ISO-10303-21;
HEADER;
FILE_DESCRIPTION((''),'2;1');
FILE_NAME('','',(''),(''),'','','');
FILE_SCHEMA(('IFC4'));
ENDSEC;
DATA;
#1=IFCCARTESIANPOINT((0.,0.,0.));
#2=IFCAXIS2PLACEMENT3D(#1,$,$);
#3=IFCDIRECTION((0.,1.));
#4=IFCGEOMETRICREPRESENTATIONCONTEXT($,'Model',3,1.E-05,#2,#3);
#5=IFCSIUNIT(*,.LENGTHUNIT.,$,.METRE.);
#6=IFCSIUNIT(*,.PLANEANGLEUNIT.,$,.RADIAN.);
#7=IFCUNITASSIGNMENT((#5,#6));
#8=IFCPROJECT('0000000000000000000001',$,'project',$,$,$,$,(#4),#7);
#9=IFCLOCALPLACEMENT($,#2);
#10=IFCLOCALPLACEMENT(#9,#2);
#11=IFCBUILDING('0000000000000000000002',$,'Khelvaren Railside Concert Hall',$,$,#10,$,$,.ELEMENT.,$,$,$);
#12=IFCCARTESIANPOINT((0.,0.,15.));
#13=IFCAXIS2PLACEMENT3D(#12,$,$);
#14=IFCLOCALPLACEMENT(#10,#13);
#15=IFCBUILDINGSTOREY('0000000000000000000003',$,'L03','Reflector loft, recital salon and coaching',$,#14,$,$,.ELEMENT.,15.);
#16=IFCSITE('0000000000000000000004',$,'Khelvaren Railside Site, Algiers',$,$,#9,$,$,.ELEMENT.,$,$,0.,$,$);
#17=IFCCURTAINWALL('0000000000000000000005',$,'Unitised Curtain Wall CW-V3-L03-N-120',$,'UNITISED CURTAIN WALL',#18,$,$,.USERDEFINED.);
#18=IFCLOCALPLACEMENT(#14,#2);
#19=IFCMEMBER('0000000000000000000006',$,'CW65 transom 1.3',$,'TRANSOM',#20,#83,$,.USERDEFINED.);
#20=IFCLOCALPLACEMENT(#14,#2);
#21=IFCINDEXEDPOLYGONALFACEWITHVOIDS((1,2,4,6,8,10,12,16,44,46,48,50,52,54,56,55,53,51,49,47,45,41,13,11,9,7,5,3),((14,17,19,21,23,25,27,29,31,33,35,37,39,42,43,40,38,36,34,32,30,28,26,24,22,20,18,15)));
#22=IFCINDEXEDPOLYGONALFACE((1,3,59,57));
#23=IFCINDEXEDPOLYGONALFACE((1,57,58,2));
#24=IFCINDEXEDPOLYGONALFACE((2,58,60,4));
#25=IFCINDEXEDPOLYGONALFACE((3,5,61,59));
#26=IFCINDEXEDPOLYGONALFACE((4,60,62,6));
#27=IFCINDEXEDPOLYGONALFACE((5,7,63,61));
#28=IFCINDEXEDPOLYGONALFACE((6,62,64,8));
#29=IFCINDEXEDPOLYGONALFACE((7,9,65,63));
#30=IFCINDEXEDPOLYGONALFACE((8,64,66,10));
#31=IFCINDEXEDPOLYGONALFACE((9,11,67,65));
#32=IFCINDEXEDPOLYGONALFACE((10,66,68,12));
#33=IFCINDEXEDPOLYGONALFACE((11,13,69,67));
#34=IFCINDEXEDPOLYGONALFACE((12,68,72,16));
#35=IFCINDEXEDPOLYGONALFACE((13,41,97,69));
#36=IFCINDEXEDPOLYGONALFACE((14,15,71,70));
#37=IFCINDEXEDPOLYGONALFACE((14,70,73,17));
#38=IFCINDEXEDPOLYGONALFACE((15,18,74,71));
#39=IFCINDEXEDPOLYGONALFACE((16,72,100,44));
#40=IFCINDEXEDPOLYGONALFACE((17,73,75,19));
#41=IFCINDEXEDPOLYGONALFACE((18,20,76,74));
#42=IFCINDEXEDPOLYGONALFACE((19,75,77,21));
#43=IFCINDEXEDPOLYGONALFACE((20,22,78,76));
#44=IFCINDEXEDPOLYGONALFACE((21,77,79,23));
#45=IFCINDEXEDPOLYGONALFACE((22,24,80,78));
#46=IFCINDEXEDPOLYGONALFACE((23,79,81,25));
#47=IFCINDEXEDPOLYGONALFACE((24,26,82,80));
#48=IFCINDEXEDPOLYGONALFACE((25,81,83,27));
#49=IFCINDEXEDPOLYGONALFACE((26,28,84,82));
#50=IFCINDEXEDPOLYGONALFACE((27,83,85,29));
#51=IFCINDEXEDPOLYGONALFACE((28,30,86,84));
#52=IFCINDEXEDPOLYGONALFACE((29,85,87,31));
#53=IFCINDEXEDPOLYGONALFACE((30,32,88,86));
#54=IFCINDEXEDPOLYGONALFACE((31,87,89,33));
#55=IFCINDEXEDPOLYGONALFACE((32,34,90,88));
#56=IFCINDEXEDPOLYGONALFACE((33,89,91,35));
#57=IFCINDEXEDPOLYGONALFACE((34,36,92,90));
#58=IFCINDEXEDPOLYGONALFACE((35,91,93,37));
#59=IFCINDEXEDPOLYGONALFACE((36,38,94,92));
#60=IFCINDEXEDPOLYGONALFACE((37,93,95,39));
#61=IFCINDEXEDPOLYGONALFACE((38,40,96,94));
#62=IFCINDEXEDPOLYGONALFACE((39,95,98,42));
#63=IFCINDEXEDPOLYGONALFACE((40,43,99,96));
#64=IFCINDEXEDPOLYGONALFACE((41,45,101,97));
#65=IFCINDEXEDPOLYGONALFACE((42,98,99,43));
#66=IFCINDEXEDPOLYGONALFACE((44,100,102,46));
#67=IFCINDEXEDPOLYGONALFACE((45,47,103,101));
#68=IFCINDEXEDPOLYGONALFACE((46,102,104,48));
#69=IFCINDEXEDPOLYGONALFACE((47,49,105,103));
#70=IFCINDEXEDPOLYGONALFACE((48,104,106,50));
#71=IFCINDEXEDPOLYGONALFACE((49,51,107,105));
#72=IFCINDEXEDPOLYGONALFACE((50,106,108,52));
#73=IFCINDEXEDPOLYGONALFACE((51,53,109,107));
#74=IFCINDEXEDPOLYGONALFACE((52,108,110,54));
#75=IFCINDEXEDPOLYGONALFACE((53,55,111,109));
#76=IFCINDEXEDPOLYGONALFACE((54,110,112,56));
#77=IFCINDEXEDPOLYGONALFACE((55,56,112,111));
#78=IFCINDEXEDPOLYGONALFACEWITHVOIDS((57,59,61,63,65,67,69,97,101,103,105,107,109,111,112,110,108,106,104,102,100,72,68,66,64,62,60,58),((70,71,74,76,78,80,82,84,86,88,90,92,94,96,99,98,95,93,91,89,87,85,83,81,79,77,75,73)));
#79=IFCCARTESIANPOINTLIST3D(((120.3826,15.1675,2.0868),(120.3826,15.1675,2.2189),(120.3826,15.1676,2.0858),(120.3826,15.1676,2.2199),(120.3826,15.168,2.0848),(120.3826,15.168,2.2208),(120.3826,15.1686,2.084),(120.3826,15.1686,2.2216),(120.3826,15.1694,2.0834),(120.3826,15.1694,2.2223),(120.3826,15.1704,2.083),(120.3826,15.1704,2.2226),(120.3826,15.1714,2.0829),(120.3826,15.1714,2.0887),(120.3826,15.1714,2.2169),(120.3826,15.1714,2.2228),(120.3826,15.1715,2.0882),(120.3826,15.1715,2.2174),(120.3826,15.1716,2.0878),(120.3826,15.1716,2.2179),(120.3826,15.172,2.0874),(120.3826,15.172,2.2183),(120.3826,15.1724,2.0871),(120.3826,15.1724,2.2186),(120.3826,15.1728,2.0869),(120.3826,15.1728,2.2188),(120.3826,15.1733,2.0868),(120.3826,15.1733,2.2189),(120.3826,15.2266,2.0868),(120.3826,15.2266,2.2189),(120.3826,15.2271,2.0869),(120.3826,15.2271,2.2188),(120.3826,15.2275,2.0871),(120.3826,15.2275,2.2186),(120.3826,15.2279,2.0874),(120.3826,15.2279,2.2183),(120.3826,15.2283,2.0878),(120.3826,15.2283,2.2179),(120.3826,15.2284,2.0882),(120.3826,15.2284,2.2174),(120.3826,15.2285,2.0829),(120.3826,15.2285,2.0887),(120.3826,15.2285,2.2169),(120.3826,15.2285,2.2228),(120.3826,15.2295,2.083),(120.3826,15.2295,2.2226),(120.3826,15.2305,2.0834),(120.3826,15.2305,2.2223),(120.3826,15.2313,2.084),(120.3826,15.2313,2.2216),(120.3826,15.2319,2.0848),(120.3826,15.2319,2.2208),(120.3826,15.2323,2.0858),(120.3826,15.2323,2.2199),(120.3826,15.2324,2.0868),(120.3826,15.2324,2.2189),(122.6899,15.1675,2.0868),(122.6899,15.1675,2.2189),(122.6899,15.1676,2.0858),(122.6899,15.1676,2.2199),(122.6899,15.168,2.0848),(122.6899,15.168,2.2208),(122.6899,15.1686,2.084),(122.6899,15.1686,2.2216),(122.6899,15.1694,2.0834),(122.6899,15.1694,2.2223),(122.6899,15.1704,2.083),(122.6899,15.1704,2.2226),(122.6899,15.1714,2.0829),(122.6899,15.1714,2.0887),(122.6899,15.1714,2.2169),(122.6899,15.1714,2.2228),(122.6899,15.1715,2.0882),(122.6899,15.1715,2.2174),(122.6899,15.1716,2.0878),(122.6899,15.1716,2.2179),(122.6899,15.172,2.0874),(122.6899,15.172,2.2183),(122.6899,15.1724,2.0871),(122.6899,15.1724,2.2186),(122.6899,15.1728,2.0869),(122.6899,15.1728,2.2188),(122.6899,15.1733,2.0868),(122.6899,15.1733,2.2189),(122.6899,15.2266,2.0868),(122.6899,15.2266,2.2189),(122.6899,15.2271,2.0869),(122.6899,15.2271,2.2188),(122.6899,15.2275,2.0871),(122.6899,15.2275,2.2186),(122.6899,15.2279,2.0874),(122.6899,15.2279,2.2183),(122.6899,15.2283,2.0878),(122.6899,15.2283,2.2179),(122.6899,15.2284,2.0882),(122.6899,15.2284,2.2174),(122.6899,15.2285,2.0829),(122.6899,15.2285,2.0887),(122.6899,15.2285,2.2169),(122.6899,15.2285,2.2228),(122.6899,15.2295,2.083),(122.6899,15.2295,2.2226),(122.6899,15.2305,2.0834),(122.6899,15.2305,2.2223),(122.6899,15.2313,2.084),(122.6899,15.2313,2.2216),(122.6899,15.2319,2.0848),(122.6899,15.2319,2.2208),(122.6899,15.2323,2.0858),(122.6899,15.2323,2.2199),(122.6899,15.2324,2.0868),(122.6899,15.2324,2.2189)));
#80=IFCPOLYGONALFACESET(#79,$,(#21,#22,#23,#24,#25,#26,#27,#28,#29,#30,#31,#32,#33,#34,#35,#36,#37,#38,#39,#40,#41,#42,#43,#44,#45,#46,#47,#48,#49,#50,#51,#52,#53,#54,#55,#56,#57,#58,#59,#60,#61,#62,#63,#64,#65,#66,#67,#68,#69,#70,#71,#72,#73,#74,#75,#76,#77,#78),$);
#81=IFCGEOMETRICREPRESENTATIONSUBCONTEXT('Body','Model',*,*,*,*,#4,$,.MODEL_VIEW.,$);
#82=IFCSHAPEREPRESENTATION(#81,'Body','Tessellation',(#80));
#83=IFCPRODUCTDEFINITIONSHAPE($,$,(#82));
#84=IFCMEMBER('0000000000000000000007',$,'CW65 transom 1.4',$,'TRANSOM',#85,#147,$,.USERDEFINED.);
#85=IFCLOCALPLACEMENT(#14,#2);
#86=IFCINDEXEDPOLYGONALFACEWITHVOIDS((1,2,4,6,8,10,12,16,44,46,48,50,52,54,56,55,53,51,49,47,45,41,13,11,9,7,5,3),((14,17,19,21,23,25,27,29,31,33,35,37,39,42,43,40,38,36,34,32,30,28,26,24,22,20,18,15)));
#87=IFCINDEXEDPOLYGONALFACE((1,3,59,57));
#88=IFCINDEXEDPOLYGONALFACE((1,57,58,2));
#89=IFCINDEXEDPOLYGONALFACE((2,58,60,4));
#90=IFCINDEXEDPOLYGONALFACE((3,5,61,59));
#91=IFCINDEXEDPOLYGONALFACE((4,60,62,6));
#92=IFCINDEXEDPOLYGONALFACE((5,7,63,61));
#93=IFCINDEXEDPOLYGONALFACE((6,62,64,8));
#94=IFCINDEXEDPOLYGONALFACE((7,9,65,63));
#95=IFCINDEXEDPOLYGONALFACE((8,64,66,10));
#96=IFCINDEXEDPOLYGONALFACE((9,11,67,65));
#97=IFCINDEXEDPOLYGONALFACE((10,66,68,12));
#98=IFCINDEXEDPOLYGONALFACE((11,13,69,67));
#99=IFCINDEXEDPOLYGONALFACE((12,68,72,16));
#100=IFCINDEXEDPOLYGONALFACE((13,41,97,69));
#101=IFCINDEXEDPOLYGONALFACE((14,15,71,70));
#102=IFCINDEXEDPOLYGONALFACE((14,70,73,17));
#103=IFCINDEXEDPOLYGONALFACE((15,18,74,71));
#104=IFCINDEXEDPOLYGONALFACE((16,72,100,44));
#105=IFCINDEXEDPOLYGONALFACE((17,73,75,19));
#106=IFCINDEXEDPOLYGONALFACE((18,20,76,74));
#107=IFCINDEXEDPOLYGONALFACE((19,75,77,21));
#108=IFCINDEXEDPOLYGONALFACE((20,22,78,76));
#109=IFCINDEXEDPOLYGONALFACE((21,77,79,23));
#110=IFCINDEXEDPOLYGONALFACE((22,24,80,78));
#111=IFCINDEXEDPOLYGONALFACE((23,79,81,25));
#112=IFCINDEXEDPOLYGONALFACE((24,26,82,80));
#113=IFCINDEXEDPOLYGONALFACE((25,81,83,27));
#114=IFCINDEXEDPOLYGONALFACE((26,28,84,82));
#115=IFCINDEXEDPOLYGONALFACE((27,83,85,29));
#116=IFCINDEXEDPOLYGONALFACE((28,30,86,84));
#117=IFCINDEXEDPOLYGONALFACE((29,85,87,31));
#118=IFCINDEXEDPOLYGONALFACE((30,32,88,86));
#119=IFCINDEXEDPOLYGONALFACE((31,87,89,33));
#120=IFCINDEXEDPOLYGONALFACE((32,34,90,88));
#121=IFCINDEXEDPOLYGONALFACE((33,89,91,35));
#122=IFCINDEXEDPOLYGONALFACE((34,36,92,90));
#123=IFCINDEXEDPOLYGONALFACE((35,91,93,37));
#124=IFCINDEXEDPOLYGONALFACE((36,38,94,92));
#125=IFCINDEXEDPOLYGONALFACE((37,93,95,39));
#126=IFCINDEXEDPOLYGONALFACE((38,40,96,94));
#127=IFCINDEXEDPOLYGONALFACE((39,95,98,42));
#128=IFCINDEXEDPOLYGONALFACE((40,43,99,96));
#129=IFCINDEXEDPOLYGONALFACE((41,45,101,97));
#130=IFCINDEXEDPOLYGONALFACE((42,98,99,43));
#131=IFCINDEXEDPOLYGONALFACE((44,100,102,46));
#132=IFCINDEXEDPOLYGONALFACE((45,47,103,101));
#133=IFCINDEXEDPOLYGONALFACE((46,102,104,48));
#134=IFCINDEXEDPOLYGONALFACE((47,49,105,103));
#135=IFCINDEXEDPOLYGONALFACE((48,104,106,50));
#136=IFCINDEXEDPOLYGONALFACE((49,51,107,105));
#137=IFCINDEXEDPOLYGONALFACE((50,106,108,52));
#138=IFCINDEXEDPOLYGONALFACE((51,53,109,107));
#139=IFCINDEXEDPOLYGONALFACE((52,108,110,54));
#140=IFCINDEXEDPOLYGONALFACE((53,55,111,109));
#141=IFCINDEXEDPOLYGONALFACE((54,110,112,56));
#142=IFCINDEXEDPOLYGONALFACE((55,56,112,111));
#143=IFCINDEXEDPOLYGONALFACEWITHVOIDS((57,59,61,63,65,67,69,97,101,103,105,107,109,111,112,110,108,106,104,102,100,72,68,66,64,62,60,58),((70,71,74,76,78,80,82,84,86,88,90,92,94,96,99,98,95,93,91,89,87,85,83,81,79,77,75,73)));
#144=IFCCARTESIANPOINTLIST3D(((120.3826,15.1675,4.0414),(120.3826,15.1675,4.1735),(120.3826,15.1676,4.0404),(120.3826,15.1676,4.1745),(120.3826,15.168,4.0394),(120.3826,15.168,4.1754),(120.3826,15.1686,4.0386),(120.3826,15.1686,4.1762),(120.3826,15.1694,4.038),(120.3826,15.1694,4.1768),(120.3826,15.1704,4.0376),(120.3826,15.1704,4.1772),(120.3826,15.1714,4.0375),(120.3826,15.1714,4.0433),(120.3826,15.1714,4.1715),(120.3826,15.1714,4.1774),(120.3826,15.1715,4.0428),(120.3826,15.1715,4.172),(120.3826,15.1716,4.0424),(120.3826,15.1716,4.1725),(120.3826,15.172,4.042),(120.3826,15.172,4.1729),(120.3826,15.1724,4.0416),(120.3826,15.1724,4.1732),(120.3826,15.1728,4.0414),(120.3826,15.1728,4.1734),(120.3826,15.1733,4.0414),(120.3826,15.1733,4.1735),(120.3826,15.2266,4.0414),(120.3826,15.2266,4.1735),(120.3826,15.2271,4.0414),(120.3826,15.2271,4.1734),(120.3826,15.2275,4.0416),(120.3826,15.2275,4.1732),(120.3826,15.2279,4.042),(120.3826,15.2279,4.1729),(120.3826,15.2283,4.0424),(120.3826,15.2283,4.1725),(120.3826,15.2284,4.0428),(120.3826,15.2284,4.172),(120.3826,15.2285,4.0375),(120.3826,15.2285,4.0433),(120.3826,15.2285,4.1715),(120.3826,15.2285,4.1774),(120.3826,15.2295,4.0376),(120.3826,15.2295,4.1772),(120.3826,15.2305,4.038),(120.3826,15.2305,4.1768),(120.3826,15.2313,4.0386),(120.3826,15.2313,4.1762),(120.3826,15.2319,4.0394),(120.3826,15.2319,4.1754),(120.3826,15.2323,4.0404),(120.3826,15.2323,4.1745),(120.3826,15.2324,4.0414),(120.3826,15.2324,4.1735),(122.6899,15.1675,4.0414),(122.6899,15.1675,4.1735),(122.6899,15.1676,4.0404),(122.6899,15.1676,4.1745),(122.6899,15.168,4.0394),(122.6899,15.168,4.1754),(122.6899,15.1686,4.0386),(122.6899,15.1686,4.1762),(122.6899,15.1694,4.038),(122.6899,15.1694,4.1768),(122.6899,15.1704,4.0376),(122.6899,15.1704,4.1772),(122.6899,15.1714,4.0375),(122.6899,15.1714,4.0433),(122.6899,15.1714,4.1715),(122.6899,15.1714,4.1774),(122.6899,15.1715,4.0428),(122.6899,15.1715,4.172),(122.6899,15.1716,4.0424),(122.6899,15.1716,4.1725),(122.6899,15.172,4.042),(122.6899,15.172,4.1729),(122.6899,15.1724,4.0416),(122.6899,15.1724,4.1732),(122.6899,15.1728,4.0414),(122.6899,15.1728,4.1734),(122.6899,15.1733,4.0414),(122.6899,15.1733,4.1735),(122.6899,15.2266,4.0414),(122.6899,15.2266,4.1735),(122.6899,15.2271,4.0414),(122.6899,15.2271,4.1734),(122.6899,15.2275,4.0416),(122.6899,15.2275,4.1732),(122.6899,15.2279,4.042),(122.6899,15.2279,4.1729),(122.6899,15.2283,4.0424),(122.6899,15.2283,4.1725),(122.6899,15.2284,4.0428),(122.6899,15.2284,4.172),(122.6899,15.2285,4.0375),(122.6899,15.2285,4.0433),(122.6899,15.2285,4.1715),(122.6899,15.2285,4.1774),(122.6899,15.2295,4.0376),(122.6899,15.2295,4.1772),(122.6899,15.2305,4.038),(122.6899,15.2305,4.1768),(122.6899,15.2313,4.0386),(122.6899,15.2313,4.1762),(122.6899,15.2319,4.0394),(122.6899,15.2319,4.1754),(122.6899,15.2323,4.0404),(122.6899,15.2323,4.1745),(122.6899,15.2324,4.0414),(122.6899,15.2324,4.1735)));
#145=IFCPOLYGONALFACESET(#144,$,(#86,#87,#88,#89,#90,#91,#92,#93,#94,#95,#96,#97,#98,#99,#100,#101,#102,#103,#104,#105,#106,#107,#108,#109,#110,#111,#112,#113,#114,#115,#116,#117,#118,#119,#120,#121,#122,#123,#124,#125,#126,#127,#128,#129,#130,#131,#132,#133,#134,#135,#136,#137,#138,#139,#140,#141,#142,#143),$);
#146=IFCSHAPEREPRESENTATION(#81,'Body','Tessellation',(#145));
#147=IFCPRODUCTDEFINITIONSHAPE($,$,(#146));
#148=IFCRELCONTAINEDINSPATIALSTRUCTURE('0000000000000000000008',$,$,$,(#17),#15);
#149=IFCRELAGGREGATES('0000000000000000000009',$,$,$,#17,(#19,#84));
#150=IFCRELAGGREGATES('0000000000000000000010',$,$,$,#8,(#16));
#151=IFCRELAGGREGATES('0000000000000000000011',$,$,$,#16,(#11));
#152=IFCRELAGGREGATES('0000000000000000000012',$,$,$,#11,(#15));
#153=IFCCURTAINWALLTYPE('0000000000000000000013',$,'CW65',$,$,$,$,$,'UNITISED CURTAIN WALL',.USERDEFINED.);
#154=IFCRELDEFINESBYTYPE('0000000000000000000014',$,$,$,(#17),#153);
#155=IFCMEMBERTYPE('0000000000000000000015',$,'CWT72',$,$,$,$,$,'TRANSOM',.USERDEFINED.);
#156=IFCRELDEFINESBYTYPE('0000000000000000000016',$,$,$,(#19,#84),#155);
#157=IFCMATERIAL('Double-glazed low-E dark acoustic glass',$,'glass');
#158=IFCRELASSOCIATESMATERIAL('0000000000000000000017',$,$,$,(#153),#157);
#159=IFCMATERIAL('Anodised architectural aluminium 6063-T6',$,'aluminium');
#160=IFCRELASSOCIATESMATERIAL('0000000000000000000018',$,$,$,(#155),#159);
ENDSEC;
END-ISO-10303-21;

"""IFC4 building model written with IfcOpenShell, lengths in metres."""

from ifc_helpers import new_model, si_unit, direction, frame, origin, origin_2d, place, context, subcontext, project, spatial, hollow_rectangle, extrude, material, material_profile, profile_set, type_object, element, aggregate, save


model = new_model("IFC4")

# Units and contexts
model_context = context("Model", 3, precision=1e-05, world=origin(), true_north=direction((0.0, 1.0)))
body_context = subcontext(model_context, "Body", "Model", "MODEL_VIEW")
ifc_project = project(units=[si_unit("LENGTHUNIT", "METRE"), si_unit("PLANEANGLEUNIT", "RADIAN")], contexts=[model_context])

# Site, building, storey
site_placement = place(None, origin())
site = spatial("IfcSite", under=ifc_project, at=site_placement, Name="Khelvaren Railside Site, Algiers", CompositionType="ELEMENT", RefElevation=0.0)
building_placement = place(site_placement, origin())
building = spatial("IfcBuilding", under=site, at=building_placement, Name="Khelvaren Railside Concert Hall", CompositionType="ELEMENT")
storey_placement = place(building_placement, frame((0.0, 0.0, 15.0)))
storey = spatial("IfcBuildingStorey", under=building, at=storey_placement, Name="L03", Description="Reflector loft, recital salon and coaching", CompositionType="ELEMENT", Elevation=15.0)

# Shared definitions
ifc_material_1 = material(Name="Double-glazed low-E dark acoustic glass", Category="glass")
ifc_material_2 = material(Name="Anodised architectural aluminium 6063-T6", Category="aluminium")

# Curtain wall
curtain_wall_type_1 = type_object("IfcCurtainWallType", Name="CW65", ElementType="UNITISED CURTAIN WALL", PredefinedType="USERDEFINED", material=ifc_material_1)
curtain_wall_1_placement = place(storey_placement, origin())
curtain_wall_1 = element("IfcCurtainWall", 1, at=curtain_wall_1_placement, inside=storey, type_object=curtain_wall_type_1, Name="Unitised Curtain Wall CW-V3-L03-N-120", ObjectType="UNITISED CURTAIN WALL", PredefinedType="USERDEFINED")

# Members
ifc_material_profile_1 = material_profile(ifc_material_2, hollow_rectangle(XDim=0.0649, YDim=0.1399, WallThickness=0.0039, InnerFilletRadius=0.002, OuterFilletRadius=0.0039, at=origin_2d()), Name="CWT 65x140x4")
ifc_profile_set_1 = profile_set([ifc_material_profile_1], Name="Anodised architectural aluminium 6063-T6")
member_type_1 = type_object("IfcMemberType", Name="CWT72", ElementType="TRANSOM", PredefinedType="USERDEFINED", material=ifc_profile_set_1)
member_1_placement = place(storey_placement, frame((120.3826, 15.2, 2.1528), z_axis=(1.0, 0.0, 0.0), x_axis=(0.0, 1.0, 0.0)))
member_1 = element("IfcMember", 2, at=member_1_placement, type_object=member_type_1, Name="CW65 transom 1.3", ObjectType="TRANSOM", PredefinedType="USERDEFINED", context=body_context, shape_type="SweptSolid", body=[
    extrude(hollow_rectangle(XDim=0.0649, YDim=0.1399, WallThickness=0.0039, InnerFilletRadius=0.002, OuterFilletRadius=0.0039, at=origin_2d()), origin(), (0.0, 0.0, 1.0), 2.3074),
])
member_2_placement = place(storey_placement, frame((120.3826, 15.2, 4.1074), z_axis=(1.0, 0.0, 0.0), x_axis=(0.0, 1.0, 0.0)))
member_2 = element("IfcMember", 3, at=member_2_placement, type_object=member_type_1, Name="CW65 transom 1.4", ObjectType="TRANSOM", PredefinedType="USERDEFINED", context=body_context, shape_type="SweptSolid", body=[
    extrude(hollow_rectangle(XDim=0.0649, YDim=0.1399, WallThickness=0.0039, InnerFilletRadius=0.002, OuterFilletRadius=0.0039, at=origin_2d()), origin(), (0.0, 0.0, 1.0), 2.3074),
])

aggregate(curtain_wall_1, [member_1, member_2])

save(model, "model.ifc")
